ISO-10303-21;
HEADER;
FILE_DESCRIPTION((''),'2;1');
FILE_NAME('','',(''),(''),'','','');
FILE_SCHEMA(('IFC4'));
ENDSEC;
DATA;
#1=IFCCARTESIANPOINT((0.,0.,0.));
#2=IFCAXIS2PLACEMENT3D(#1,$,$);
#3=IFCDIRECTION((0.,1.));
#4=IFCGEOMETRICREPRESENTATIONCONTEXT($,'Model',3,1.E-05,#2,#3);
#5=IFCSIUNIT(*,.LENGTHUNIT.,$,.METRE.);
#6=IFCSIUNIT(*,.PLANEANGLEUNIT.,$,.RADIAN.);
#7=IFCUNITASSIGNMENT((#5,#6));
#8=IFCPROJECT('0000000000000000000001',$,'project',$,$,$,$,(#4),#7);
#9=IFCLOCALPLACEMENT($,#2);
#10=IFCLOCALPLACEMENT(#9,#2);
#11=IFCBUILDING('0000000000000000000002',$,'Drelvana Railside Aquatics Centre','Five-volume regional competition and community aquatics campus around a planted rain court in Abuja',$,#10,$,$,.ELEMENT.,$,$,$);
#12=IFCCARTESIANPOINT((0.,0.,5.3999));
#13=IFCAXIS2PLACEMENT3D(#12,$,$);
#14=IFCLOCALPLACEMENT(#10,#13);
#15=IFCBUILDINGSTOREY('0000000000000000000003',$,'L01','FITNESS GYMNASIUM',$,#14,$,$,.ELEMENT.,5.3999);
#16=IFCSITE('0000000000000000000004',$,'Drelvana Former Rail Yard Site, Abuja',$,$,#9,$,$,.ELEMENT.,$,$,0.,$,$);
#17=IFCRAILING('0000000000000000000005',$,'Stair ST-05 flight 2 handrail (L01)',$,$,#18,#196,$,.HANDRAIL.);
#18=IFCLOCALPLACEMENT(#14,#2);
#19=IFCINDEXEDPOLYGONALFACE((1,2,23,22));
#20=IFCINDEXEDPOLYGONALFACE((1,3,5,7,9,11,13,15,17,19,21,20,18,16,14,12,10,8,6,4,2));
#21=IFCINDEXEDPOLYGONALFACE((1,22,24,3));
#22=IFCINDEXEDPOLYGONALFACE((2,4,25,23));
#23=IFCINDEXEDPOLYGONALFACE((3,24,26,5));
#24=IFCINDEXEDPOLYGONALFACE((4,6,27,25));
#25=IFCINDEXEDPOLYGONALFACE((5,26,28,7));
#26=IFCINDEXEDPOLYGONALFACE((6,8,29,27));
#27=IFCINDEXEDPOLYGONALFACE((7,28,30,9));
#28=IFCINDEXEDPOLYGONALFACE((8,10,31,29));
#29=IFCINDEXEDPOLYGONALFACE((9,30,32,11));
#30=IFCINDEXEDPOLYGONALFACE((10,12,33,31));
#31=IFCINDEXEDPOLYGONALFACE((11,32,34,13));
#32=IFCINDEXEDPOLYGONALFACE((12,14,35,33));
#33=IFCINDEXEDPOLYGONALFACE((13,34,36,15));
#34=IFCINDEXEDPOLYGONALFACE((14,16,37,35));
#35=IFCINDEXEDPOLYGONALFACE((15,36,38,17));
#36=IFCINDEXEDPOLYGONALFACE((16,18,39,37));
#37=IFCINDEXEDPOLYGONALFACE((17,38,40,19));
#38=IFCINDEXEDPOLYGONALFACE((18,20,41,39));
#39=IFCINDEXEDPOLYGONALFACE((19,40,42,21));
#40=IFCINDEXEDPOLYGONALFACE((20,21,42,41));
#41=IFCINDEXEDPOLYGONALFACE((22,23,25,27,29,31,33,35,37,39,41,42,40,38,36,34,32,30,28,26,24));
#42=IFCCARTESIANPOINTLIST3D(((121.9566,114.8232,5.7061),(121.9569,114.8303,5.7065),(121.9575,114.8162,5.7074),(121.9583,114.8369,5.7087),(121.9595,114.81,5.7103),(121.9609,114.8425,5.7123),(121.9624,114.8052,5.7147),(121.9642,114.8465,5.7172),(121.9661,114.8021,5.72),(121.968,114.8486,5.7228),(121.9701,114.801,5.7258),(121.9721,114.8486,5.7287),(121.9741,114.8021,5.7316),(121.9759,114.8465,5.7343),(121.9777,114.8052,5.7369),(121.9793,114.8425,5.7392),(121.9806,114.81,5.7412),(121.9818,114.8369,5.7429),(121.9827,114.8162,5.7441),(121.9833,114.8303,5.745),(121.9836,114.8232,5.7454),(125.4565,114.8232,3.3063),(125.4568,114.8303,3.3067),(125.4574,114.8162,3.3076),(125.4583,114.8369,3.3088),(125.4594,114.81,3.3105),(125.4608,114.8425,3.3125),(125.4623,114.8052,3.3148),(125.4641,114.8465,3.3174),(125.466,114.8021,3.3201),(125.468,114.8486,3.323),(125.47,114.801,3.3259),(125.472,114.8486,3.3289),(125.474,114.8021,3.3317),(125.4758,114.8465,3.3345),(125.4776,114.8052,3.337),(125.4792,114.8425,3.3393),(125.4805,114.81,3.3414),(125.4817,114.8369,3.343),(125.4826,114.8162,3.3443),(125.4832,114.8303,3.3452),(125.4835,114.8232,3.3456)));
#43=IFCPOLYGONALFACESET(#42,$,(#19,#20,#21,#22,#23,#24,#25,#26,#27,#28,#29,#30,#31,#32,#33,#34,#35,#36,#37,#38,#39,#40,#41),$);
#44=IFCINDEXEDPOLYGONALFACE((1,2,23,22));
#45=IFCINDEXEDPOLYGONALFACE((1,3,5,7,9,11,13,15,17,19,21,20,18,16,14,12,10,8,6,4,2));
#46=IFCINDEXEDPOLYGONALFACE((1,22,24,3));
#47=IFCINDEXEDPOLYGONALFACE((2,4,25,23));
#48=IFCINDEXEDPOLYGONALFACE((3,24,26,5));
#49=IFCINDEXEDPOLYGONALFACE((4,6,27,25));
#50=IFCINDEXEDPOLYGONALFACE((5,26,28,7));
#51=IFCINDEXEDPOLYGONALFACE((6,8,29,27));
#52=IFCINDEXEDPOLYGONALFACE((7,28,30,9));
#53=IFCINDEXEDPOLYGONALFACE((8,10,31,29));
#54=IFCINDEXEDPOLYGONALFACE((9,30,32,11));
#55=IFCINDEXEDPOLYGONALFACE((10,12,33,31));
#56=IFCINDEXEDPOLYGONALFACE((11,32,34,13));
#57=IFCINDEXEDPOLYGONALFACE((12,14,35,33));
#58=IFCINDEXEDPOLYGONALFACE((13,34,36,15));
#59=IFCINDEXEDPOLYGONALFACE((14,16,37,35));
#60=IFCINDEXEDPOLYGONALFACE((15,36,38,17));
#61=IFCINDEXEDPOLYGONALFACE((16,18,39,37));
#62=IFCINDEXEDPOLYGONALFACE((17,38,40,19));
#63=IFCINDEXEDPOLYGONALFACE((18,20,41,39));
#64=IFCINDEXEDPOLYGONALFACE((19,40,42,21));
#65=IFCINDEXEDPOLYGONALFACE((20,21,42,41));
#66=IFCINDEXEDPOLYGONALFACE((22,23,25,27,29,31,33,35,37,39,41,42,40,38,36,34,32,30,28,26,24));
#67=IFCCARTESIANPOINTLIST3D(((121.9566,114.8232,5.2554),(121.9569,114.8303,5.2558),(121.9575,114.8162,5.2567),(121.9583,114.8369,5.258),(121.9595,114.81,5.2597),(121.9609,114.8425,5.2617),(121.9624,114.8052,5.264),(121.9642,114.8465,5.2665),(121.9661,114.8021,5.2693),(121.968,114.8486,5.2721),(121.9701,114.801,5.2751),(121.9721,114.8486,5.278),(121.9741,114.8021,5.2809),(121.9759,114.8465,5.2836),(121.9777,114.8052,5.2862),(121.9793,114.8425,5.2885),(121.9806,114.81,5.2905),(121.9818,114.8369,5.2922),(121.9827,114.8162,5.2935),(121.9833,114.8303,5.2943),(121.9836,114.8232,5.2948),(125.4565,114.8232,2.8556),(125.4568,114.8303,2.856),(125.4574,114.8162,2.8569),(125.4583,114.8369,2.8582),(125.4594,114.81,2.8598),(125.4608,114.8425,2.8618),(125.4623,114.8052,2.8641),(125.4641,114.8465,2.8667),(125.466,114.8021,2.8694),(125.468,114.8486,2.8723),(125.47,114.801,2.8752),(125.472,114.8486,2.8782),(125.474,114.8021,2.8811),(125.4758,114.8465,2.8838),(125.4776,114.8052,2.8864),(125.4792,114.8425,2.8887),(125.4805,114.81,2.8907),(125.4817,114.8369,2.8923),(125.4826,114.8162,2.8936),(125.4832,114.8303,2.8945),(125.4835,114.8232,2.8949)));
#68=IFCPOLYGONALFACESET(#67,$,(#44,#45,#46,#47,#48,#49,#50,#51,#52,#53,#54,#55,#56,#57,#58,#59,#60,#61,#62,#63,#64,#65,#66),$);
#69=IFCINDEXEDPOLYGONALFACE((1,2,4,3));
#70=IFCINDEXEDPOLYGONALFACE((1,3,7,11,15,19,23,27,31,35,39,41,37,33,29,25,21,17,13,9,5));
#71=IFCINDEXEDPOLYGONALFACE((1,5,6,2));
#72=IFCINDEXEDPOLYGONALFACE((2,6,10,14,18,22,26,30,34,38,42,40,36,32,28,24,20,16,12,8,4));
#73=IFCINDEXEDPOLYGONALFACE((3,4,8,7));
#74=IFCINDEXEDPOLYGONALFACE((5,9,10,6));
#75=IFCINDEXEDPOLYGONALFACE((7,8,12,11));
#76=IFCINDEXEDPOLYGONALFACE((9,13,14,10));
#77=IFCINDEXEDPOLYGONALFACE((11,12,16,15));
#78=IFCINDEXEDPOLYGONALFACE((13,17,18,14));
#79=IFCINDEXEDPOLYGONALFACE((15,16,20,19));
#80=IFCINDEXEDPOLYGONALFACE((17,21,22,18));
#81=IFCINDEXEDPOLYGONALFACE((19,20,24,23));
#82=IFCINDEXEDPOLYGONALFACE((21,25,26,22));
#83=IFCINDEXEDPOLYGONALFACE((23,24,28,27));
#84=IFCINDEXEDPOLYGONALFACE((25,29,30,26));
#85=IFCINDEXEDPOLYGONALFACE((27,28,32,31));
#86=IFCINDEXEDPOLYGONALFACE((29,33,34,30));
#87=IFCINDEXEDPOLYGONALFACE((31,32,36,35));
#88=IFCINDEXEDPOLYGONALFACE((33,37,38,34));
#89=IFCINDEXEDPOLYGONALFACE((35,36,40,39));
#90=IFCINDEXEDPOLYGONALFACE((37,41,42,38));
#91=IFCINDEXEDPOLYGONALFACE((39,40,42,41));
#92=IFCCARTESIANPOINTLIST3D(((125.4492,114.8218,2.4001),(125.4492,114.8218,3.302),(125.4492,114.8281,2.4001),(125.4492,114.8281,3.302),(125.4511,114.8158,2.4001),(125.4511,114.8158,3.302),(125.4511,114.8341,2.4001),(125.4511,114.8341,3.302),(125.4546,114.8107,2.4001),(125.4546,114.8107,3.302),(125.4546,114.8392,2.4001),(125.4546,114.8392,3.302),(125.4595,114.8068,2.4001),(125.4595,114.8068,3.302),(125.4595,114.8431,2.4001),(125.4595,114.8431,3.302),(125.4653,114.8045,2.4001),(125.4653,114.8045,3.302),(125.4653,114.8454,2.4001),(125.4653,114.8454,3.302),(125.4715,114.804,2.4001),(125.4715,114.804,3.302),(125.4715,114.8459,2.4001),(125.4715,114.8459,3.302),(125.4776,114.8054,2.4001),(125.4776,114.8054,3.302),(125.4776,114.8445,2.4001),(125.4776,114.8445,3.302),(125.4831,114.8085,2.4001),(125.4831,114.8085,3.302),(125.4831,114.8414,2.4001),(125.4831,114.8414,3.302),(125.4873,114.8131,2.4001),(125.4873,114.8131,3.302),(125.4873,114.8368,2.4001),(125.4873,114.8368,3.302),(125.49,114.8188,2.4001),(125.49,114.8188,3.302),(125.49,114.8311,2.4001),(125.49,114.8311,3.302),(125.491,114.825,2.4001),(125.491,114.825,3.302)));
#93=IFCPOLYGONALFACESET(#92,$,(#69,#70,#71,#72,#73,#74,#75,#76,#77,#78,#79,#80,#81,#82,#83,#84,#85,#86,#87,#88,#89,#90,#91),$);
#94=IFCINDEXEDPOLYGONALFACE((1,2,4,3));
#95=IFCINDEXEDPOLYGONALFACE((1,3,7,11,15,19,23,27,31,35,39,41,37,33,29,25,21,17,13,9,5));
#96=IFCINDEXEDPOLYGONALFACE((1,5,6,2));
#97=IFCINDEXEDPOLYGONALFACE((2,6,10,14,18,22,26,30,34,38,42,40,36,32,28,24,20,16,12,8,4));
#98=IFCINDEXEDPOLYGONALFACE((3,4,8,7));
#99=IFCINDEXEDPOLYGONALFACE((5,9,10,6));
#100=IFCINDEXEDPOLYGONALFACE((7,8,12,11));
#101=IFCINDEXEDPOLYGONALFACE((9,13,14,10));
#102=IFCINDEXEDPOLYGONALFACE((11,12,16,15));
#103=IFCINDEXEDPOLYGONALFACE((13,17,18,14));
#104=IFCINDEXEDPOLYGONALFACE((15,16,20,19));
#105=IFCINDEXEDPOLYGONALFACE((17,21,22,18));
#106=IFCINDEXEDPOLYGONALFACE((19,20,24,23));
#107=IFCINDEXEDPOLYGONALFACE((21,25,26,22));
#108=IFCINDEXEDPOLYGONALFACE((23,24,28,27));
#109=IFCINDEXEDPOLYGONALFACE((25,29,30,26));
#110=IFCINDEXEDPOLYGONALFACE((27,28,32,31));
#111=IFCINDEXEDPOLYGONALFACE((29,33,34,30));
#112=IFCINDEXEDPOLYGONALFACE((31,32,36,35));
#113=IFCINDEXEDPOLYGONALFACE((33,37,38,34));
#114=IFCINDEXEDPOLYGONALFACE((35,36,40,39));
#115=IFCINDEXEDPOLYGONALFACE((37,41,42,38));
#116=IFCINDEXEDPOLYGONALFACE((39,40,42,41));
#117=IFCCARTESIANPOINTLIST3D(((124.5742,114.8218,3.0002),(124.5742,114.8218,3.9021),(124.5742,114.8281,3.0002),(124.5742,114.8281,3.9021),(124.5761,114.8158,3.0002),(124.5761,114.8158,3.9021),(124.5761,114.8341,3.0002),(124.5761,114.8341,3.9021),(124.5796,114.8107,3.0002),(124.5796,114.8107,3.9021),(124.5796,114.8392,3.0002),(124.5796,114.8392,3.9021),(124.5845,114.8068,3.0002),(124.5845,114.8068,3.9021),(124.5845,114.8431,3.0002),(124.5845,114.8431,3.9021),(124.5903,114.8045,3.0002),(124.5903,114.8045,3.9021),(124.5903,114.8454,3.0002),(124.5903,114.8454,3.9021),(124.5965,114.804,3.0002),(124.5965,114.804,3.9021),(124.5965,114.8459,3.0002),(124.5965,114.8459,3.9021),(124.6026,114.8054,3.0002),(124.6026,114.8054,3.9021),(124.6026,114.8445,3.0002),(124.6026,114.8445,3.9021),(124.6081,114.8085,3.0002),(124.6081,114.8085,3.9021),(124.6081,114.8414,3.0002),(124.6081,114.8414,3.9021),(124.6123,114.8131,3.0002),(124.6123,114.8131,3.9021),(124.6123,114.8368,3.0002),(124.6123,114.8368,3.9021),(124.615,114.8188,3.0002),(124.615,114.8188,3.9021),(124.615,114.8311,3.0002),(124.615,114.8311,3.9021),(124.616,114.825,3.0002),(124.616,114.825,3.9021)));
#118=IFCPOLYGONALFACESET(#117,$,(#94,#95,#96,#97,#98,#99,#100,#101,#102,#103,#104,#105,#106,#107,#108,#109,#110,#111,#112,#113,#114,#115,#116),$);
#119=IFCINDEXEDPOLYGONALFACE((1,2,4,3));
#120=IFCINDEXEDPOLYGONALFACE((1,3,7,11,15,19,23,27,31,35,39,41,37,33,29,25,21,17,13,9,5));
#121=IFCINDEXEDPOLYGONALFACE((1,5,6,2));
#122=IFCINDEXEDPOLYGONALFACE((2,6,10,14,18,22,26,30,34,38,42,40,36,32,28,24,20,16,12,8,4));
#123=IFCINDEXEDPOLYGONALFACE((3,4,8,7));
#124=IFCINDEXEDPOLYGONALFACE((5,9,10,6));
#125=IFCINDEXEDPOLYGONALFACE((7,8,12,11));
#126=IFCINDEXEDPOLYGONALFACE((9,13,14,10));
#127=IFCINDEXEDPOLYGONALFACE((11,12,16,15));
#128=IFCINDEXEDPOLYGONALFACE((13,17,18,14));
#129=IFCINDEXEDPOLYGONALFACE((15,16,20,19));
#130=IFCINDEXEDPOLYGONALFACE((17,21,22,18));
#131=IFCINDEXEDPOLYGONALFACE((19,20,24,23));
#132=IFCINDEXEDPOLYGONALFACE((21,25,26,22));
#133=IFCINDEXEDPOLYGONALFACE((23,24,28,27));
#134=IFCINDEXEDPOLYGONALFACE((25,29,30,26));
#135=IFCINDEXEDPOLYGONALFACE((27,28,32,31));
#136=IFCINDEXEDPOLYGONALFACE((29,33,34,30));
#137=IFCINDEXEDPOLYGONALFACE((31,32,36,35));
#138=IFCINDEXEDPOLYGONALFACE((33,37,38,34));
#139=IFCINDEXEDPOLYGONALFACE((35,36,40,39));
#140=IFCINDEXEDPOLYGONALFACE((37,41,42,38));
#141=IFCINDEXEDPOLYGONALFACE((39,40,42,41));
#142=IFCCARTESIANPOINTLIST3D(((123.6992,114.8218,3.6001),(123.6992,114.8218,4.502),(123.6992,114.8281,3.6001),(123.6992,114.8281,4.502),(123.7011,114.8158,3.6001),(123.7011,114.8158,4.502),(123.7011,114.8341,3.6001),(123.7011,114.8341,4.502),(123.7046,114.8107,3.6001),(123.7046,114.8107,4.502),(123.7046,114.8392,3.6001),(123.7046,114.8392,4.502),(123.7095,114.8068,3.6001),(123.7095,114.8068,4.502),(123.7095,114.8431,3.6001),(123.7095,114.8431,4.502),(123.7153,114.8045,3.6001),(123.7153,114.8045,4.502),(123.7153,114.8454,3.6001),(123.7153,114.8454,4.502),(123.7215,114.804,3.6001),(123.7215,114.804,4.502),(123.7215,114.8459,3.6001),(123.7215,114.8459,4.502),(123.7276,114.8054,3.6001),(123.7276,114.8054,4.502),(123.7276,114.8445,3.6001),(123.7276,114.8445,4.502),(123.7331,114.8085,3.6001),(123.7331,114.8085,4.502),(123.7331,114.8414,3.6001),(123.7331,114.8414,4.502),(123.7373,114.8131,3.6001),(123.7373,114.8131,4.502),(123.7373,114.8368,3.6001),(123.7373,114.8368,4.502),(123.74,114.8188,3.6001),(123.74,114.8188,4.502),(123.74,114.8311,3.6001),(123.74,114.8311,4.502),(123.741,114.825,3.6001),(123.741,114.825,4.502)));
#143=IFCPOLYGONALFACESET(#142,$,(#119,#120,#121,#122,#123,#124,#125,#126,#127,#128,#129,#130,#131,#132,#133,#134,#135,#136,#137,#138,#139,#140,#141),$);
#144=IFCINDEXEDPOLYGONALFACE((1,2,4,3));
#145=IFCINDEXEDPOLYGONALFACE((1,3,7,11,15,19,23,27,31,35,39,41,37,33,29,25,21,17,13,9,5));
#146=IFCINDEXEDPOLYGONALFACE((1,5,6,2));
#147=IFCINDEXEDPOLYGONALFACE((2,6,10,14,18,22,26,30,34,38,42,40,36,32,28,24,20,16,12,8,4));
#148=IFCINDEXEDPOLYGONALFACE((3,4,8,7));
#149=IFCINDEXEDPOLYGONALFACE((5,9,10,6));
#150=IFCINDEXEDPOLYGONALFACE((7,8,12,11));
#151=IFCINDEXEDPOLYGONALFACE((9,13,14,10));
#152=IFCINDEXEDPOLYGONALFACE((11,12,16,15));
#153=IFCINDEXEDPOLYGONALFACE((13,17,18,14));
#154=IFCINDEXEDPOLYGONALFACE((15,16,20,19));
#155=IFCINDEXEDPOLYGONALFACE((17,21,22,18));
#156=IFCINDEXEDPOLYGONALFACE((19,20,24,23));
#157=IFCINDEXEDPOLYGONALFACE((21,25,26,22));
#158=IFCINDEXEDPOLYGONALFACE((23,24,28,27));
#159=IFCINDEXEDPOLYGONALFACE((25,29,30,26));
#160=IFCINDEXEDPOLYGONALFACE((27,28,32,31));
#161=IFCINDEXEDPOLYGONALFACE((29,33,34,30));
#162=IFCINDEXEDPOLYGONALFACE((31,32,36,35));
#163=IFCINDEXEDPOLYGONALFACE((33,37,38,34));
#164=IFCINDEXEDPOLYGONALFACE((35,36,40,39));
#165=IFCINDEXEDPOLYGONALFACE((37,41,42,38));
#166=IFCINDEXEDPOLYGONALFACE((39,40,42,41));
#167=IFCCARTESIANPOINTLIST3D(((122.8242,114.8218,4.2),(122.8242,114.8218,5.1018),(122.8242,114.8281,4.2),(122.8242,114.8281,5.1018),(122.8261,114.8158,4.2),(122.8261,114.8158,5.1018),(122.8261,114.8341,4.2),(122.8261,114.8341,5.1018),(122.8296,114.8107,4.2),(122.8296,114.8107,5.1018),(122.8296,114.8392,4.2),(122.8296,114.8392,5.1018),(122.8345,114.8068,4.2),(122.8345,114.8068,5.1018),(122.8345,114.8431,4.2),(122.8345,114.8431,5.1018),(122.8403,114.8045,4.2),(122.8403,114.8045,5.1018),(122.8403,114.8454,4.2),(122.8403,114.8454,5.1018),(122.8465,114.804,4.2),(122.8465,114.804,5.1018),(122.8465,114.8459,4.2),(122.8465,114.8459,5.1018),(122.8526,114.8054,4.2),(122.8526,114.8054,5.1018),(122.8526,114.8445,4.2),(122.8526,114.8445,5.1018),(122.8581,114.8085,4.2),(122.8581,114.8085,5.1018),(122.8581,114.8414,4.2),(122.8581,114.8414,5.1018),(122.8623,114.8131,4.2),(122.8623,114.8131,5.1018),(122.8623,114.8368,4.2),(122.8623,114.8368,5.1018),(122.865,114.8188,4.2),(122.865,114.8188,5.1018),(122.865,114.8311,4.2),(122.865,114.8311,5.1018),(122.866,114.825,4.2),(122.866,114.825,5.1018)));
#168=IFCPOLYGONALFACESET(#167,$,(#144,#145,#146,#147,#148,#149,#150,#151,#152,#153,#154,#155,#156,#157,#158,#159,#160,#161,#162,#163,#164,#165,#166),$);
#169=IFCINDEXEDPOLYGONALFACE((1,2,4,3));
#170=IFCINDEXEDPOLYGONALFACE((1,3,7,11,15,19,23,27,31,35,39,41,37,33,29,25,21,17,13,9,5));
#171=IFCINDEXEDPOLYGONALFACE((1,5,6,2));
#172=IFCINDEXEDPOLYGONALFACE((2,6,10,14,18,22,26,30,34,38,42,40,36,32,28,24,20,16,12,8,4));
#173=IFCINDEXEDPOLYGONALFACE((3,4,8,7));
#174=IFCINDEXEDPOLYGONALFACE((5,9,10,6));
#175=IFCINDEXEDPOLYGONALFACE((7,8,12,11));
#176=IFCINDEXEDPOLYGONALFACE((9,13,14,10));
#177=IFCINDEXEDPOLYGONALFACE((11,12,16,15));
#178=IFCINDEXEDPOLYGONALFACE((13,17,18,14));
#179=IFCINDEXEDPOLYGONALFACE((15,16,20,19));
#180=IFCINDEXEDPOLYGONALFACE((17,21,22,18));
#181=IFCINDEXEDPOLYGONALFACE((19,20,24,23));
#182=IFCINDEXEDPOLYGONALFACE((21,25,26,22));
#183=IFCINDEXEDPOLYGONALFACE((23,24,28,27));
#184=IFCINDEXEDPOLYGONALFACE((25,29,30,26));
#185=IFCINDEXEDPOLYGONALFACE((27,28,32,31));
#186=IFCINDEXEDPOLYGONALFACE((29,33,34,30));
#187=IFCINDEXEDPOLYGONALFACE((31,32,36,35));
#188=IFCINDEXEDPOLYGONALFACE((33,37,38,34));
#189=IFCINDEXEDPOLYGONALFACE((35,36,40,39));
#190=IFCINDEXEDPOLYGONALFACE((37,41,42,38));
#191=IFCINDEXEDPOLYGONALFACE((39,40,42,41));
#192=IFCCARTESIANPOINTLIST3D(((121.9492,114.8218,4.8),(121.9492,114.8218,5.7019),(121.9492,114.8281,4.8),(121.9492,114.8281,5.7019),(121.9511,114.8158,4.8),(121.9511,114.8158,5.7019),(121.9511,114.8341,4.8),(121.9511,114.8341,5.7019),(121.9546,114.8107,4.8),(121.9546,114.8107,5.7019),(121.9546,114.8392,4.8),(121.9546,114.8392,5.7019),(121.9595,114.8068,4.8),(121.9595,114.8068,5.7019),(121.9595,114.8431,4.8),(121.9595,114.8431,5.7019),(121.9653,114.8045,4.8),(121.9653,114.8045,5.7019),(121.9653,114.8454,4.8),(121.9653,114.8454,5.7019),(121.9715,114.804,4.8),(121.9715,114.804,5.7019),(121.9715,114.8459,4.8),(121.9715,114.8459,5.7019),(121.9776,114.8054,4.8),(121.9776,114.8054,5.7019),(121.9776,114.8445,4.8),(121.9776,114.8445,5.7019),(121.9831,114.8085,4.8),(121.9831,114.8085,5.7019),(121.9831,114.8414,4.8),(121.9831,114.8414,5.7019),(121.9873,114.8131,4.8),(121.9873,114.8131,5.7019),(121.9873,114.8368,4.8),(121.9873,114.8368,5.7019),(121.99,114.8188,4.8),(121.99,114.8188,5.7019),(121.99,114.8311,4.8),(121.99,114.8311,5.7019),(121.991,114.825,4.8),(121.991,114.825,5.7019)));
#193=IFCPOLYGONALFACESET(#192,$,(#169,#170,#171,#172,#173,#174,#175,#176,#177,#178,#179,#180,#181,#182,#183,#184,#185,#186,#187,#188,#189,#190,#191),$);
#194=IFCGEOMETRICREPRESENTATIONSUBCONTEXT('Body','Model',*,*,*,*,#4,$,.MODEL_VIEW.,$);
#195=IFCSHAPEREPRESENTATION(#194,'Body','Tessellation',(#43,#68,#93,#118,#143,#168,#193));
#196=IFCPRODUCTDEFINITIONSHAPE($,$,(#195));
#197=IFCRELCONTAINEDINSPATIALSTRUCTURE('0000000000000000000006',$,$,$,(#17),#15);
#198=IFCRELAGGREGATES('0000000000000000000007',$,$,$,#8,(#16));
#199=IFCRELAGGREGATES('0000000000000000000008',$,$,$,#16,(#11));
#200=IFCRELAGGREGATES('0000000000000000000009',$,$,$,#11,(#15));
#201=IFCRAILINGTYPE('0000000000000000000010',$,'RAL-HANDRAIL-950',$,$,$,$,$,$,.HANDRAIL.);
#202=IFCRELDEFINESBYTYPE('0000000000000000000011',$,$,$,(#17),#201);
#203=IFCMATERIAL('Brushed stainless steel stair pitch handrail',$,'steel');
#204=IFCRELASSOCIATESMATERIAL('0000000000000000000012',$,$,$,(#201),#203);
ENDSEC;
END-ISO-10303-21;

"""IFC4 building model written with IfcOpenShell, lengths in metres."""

from ifc_helpers import new_model, si_unit, direction, frame, origin, origin_2d, place, context, subcontext, project, spatial, circle, extrude, material, type_object, element, save


model = new_model("IFC4")

# Units and contexts
model_context = context("Model", 3, precision=1e-05, world=origin(), true_north=direction((0.0, 1.0)))
body_context = subcontext(model_context, "Body", "Model", "MODEL_VIEW")
ifc_project = project(units=[si_unit("LENGTHUNIT", "METRE"), si_unit("PLANEANGLEUNIT", "RADIAN")], contexts=[model_context])

# Site, building, storey
site_placement = place(None, origin())
site = spatial("IfcSite", under=ifc_project, at=site_placement, Name="Drelvana Former Rail Yard Site, Abuja", CompositionType="ELEMENT", RefElevation=0.0)
building_placement = place(site_placement, origin())
building = spatial("IfcBuilding", under=site, at=building_placement, Name="Drelvana Railside Aquatics Centre", Description="Five-volume regional competition and community aquatics campus around a planted rain court in Abuja", CompositionType="ELEMENT")
storey_placement = place(building_placement, frame((0.0, 0.0, 5.3999)))
storey = spatial("IfcBuildingStorey", under=building, at=storey_placement, Name="L01", Description="FITNESS GYMNASIUM", CompositionType="ELEMENT", Elevation=5.3999)

# Railing
ifc_material_1 = material(Name="Brushed stainless steel stair pitch handrail", Category="steel")
railing_type_1 = type_object("IfcRailingType", Name="RAL-HANDRAIL-950", PredefinedType="HANDRAIL", material=ifc_material_1)
railing_1_placement = place(storey_placement, frame((125.47, 114.825, 2.4001)))
element("IfcRailing", 1, at=railing_1_placement, inside=storey, type_object=railing_type_1, Name="Stair ST-05 flight 2 handrail (L01)", PredefinedType="HANDRAIL", context=body_context, shape_type="SweptSolid", body=[
    extrude(circle(Radius=0.0239, at=origin_2d()), frame((0.0, 0.0, 0.9258), z_axis=(-0.82474, 0.0, 0.565513), x_axis=(0.0, -1.0, 0.0)), (0.0, 0.0, 1.0), 4.2437),
    extrude(circle(Radius=0.0239, at=origin_2d()), frame((0.0, 0.0, 0.4751), z_axis=(-0.82474, 0.0, 0.565513), x_axis=(0.0, -1.0, 0.0)), (0.0, 0.0, 1.0), 4.2437),
    extrude(circle(Radius=0.021, at=origin_2d()), origin(), (0.0, 0.0, 1.0), 0.9019),
    extrude(circle(Radius=0.021, at=origin_2d()), frame((-0.875, 0.0, 0.6001)), (0.0, 0.0, 1.0), 0.9019),
    extrude(circle(Radius=0.021, at=origin_2d()), frame((-1.75, 0.0, 1.2)), (0.0, 0.0, 1.0), 0.9019),
    extrude(circle(Radius=0.021, at=origin_2d()), frame((-2.625, 0.0, 1.7998)), (0.0, 0.0, 1.0), 0.9019),
    extrude(circle(Radius=0.021, at=origin_2d()), frame((-3.5, 0.0, 2.3999)), (0.0, 0.0, 1.0), 0.9019),
])

save(model, "model.ifc")
